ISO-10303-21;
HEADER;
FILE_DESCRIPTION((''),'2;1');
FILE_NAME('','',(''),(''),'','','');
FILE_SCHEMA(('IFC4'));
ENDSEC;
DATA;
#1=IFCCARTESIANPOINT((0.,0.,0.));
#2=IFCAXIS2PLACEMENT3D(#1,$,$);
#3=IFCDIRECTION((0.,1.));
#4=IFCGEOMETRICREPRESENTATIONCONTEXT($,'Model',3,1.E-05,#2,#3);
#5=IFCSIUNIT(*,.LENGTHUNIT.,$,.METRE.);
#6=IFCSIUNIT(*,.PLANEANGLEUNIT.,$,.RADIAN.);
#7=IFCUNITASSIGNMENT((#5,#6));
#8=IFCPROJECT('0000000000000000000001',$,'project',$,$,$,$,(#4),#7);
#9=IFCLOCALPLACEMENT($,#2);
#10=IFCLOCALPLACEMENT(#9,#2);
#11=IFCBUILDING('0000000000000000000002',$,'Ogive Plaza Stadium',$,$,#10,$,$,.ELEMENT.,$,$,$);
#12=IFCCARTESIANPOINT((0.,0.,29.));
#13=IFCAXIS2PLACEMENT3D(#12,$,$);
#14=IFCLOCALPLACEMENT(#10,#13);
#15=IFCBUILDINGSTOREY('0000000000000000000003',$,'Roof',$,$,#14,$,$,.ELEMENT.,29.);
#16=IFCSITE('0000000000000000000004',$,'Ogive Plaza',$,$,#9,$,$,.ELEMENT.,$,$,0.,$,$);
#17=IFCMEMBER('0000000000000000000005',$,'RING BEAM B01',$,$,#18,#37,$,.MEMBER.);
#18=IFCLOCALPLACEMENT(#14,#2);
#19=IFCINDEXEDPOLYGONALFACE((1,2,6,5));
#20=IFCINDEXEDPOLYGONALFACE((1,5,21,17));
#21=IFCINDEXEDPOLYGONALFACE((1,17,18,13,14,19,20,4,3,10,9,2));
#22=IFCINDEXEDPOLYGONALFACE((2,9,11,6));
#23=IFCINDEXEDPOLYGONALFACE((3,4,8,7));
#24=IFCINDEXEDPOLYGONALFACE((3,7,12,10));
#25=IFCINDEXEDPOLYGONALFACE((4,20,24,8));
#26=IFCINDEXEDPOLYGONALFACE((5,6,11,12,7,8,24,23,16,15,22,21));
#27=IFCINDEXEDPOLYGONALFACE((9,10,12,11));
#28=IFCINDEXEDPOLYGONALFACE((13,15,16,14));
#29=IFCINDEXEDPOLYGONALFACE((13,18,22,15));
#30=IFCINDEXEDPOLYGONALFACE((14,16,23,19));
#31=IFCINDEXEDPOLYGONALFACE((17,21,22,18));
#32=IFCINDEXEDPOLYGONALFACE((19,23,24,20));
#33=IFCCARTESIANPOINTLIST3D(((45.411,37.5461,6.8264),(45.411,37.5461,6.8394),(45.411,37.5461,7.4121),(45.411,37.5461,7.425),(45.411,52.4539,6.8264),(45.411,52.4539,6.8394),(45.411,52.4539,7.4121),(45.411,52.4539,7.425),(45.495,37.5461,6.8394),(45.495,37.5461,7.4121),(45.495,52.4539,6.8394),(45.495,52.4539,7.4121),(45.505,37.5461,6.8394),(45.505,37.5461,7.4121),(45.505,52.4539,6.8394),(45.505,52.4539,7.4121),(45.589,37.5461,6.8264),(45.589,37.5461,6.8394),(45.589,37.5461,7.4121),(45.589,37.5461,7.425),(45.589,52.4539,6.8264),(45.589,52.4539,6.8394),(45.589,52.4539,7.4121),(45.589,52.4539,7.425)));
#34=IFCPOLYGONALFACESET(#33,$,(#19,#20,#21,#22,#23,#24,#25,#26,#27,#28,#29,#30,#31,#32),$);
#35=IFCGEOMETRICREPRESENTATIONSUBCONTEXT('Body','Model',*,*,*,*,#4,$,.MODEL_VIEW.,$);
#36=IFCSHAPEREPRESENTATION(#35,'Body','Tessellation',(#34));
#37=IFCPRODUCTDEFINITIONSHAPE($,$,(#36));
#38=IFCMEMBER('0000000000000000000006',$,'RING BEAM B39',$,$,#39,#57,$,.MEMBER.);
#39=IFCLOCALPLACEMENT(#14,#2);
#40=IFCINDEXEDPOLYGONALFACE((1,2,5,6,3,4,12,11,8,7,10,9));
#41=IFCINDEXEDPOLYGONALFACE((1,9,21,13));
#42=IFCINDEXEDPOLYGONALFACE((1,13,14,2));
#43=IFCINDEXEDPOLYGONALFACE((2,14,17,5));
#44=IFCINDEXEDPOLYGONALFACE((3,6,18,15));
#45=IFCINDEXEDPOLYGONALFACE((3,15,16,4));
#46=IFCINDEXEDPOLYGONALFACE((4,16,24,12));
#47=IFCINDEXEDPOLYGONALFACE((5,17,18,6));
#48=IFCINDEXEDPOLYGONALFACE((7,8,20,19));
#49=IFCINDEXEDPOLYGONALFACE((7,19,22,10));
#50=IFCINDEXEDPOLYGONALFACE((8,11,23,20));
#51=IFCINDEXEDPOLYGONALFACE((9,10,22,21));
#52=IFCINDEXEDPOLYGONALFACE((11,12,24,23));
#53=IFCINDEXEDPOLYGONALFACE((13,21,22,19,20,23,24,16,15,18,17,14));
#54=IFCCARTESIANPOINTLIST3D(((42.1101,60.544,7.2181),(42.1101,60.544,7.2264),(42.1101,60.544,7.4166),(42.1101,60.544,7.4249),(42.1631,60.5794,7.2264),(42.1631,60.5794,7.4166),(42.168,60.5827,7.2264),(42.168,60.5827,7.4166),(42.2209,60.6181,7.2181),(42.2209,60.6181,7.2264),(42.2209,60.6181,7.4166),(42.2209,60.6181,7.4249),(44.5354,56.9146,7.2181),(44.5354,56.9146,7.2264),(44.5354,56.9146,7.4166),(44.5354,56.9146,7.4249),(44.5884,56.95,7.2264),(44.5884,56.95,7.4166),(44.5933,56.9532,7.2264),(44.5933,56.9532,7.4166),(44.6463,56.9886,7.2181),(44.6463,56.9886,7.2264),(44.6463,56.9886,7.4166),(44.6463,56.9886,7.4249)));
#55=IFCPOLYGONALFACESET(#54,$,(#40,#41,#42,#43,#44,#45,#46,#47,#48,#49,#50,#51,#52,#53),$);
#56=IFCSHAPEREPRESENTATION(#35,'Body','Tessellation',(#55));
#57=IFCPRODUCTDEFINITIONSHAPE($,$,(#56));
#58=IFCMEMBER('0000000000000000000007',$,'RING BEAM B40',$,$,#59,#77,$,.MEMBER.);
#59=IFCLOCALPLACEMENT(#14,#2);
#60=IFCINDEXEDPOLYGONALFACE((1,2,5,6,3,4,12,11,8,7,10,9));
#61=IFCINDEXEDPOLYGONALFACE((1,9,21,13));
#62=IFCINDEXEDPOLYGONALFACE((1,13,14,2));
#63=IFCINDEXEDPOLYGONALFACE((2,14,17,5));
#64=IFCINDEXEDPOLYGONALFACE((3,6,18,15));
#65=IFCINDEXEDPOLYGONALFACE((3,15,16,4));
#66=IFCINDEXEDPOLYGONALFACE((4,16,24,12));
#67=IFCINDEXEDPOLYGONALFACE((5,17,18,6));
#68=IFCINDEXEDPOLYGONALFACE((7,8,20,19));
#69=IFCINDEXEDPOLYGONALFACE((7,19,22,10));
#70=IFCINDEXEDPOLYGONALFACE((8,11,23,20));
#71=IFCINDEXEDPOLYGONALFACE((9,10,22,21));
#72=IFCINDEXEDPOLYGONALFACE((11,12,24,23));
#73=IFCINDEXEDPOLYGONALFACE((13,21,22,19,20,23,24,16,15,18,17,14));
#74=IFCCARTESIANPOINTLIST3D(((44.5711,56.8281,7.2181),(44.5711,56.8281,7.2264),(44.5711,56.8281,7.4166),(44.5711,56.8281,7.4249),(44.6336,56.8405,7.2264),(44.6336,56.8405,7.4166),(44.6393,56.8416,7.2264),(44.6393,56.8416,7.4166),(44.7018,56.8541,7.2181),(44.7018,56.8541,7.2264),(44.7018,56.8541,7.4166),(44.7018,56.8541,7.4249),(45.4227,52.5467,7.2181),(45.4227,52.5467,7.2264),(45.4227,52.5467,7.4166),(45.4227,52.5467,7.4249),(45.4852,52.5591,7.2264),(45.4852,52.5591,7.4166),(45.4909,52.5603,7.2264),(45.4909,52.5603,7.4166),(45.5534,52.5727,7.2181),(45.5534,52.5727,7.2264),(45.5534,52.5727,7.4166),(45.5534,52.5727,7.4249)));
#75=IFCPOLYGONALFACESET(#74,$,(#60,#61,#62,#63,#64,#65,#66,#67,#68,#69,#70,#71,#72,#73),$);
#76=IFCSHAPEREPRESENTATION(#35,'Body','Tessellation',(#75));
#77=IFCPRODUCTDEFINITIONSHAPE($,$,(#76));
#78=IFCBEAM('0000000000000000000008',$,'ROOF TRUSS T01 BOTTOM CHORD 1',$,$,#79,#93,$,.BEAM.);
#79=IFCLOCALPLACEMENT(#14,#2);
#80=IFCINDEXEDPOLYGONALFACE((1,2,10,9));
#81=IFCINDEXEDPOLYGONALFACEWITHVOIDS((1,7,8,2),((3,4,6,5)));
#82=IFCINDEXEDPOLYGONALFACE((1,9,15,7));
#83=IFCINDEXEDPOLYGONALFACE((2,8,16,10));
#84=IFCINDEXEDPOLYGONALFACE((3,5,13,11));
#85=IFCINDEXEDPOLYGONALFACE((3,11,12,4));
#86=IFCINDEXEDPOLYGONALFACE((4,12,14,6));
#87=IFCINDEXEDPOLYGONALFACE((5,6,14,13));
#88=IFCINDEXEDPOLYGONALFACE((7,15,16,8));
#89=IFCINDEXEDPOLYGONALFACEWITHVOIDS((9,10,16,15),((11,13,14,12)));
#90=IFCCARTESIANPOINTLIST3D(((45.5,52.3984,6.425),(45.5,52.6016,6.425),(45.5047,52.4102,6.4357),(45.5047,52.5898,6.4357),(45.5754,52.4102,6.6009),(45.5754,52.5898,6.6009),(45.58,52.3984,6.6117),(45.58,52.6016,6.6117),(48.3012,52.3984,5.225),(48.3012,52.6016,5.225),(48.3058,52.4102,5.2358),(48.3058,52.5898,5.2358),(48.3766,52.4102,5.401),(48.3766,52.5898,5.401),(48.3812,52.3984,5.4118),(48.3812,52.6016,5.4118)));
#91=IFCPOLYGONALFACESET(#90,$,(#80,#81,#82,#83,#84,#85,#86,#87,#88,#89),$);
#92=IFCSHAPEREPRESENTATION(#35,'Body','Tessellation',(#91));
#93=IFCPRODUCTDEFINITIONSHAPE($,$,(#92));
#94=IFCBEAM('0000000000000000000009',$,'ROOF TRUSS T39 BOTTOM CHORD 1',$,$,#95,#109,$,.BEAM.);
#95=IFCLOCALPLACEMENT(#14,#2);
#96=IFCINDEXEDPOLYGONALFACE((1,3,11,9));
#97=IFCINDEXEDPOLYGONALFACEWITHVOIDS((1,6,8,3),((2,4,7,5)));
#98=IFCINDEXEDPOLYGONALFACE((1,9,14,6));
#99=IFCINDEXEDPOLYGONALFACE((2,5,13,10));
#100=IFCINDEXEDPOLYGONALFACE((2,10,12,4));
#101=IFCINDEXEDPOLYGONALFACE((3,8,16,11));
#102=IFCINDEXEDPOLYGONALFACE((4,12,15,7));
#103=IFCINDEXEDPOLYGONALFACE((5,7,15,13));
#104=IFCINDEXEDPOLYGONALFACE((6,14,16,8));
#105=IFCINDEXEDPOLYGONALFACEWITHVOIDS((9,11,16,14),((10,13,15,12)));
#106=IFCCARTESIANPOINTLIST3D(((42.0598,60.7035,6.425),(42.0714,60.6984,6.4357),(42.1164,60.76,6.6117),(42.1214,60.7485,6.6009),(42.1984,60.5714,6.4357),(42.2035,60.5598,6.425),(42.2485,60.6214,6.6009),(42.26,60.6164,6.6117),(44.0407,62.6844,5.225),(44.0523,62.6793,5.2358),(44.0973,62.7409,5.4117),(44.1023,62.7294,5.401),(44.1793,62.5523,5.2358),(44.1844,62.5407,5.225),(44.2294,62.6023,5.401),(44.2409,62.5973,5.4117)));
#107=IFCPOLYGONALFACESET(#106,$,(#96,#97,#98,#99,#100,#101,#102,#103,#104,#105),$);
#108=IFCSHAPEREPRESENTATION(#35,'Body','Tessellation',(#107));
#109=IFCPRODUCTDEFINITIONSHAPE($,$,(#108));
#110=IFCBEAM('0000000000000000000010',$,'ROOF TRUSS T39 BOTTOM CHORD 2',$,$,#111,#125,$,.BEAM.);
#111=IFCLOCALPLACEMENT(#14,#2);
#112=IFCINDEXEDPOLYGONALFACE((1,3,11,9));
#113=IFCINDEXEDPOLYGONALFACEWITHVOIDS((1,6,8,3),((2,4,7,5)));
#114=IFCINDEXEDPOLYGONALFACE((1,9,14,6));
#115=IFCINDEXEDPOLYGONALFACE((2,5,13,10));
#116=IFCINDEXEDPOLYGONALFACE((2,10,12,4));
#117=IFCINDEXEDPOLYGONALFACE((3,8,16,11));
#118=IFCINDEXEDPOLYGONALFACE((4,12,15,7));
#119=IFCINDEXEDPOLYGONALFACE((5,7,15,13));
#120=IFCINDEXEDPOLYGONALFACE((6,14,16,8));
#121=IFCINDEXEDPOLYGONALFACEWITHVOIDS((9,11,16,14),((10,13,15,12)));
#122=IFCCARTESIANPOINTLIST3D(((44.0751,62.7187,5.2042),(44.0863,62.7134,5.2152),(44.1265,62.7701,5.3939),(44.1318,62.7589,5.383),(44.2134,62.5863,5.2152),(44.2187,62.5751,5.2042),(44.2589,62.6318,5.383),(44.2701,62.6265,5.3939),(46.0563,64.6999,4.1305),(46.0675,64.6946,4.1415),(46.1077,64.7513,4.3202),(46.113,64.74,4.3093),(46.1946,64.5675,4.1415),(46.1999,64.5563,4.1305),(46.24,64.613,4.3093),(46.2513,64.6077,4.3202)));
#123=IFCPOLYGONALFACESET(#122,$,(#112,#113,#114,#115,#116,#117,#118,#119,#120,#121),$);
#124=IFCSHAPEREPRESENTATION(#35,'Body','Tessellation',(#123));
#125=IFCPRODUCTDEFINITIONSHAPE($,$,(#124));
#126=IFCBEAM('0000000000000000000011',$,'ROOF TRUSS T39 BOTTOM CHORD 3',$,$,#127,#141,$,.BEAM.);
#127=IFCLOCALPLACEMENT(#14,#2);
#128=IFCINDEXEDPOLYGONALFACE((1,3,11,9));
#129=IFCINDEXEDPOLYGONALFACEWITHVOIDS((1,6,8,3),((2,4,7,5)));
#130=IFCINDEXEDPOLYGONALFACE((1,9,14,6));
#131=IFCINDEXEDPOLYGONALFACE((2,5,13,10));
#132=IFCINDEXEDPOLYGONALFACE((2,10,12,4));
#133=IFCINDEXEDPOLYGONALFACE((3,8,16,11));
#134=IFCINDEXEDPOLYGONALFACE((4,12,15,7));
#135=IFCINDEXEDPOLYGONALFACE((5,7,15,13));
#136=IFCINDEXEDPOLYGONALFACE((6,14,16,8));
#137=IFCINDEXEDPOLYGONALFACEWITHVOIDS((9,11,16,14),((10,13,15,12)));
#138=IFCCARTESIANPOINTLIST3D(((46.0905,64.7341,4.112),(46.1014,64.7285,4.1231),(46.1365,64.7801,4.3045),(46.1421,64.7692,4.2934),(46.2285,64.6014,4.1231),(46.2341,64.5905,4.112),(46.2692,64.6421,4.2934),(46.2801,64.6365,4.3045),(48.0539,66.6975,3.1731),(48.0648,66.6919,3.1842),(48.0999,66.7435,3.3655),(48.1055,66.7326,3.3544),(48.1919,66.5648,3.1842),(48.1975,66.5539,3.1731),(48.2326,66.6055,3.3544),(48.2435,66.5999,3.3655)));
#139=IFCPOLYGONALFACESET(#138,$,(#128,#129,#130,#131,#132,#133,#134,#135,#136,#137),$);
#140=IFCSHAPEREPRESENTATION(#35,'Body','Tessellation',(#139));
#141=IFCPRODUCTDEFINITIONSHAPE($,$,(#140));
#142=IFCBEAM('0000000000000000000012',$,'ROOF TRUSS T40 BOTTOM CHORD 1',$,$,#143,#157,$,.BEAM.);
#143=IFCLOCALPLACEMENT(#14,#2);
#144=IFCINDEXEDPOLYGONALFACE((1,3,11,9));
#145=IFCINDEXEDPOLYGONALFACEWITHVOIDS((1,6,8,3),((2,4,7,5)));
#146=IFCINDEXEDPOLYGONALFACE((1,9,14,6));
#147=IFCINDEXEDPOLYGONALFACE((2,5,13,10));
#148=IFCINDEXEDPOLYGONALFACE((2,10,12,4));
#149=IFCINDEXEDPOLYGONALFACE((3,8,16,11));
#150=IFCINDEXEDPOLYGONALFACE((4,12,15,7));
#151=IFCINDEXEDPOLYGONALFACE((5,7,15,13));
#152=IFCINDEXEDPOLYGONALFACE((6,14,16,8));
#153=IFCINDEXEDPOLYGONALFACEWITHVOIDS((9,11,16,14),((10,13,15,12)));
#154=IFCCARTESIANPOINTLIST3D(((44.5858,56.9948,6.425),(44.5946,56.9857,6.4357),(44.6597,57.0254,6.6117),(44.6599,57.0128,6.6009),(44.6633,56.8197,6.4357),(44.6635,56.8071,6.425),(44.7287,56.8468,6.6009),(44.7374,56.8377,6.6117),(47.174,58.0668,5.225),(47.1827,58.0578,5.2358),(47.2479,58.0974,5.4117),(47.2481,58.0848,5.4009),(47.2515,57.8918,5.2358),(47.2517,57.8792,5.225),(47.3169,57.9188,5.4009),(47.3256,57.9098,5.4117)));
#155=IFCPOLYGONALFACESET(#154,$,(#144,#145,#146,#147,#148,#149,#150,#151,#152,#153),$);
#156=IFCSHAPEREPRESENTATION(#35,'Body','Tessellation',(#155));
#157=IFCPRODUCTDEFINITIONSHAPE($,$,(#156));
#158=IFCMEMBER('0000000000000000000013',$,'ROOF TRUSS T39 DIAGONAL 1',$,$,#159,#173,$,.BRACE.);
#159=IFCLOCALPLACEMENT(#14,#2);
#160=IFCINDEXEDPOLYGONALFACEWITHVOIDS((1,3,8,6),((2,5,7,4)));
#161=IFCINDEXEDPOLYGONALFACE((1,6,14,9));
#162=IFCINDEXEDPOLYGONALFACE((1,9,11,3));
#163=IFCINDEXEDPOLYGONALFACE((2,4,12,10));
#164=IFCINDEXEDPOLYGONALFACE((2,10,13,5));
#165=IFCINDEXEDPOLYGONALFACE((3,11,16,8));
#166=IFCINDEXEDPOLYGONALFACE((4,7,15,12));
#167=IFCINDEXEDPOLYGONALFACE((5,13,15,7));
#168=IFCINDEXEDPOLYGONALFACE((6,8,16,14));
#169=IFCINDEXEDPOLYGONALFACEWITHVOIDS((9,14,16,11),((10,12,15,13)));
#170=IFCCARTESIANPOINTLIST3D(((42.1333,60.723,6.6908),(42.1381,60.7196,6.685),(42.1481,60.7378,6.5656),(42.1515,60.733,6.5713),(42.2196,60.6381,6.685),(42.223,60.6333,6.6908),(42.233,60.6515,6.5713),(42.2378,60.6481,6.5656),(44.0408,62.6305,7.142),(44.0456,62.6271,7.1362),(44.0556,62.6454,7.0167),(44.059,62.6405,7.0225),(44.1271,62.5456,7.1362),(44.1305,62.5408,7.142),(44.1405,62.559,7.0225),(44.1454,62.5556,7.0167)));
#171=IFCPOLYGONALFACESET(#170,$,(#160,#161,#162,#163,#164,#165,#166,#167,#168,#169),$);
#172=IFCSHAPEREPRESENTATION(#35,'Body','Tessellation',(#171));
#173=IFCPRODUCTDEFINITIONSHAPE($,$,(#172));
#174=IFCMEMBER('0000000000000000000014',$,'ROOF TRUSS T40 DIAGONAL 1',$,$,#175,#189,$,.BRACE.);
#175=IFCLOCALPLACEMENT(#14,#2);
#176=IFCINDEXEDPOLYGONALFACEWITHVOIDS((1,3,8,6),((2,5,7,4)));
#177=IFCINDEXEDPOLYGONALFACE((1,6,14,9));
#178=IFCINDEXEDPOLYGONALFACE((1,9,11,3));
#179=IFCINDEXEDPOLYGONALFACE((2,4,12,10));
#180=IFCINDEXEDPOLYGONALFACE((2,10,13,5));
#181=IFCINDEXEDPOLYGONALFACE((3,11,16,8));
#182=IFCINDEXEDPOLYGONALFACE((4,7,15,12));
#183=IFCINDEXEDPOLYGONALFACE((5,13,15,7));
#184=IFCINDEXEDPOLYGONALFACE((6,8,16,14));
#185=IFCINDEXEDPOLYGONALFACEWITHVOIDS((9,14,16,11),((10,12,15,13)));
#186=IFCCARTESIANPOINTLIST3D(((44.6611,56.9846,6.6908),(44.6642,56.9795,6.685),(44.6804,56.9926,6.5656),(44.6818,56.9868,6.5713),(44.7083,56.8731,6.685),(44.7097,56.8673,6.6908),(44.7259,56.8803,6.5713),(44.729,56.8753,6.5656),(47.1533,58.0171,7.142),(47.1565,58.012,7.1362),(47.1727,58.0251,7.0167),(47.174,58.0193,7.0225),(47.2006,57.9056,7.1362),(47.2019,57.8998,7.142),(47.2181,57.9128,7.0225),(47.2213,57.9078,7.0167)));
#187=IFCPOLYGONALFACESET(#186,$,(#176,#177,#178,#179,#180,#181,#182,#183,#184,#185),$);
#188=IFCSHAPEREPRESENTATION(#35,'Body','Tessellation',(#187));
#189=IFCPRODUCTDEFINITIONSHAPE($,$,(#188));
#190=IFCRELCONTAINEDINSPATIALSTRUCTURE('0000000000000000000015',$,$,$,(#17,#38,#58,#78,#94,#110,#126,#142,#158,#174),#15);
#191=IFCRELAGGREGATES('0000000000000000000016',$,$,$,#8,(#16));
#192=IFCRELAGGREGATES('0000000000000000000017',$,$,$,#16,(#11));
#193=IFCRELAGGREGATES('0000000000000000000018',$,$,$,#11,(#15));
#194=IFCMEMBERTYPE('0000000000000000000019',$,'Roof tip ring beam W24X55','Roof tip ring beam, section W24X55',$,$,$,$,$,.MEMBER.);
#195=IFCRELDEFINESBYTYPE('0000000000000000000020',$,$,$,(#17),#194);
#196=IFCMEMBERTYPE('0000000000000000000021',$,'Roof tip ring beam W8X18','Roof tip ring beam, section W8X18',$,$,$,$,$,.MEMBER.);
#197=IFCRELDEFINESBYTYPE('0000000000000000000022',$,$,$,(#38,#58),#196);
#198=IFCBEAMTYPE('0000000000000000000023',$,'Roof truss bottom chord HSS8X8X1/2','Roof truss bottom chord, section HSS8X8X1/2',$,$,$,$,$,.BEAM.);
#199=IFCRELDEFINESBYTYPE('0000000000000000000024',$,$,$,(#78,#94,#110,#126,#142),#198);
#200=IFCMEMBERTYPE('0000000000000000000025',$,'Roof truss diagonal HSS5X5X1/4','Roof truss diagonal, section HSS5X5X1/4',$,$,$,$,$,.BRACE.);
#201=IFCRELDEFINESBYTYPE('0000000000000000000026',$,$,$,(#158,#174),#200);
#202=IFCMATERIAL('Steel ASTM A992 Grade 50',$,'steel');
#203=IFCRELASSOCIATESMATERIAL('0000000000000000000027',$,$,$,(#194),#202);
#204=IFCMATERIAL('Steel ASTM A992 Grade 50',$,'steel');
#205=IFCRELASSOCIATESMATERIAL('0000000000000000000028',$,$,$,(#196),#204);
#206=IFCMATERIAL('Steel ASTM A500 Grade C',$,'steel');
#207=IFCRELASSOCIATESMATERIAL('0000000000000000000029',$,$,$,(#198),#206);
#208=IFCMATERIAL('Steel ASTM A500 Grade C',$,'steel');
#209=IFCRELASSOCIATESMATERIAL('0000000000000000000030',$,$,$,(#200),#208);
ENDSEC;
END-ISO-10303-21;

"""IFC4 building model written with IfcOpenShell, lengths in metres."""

from ifc_helpers import new_model, si_unit, direction, frame, origin, origin_2d, place, context, subcontext, project, spatial, hollow_rectangle, i_section, extrude, material, material_profile, profile_set, type_object, element, save


model = new_model("IFC4")

# Units and contexts
model_context = context("Model", 3, precision=1e-05, world=origin(), true_north=direction((0.0, 1.0)))
body_context = subcontext(model_context, "Body", "Model", "MODEL_VIEW")
ifc_project = project(units=[si_unit("LENGTHUNIT", "METRE"), si_unit("PLANEANGLEUNIT", "RADIAN")], contexts=[model_context])

# Site, building, storey
site_placement = place(None, origin())
site = spatial("IfcSite", under=ifc_project, at=site_placement, Name="Ogive Plaza", CompositionType="ELEMENT", RefElevation=0.0)
building_placement = place(site_placement, origin())
building = spatial("IfcBuilding", under=site, at=building_placement, Name="Ogive Plaza Stadium", CompositionType="ELEMENT")
storey_placement = place(building_placement, frame((0.0, 0.0, 29.0)))
storey = spatial("IfcBuildingStorey", under=building, at=storey_placement, Name="Roof", CompositionType="ELEMENT", Elevation=29.0)

# Members
ifc_material_1 = material(Name="Steel ASTM A992 Grade 50", Category="steel")
ifc_material_profile_1 = material_profile(ifc_material_1, i_section(OverallWidth=0.178, OverallDepth=0.5986, WebThickness=0.01, FlangeThickness=0.0129, at=origin_2d()), Name="W24X55")
ifc_profile_set_1 = profile_set([ifc_material_profile_1], Name="Steel ASTM A992 Grade 50")
member_type_1 = type_object("IfcMemberType", Name="Roof tip ring beam W24X55", Description="Roof tip ring beam, section W24X55", PredefinedType="MEMBER", material=ifc_profile_set_1)
member_1_placement = place(storey_placement, frame((45.5, 52.4539, 7.1257), z_axis=(0.0, -1.0, 0.0), x_axis=(1.0, 0.0, 0.0)))
element("IfcMember", 1, at=member_1_placement, inside=storey, type_object=member_type_1, Name="RING BEAM B01", PredefinedType="MEMBER", context=body_context, shape_type="SweptSolid", body=[
    extrude(i_section(OverallWidth=0.178, OverallDepth=0.5986, WebThickness=0.01, FlangeThickness=0.0129, at=origin_2d()), origin(), (0.0, 0.0, 1.0), 14.9077),
])
ifc_material_2 = material(Name="Steel ASTM A992 Grade 50", Category="steel")
ifc_material_profile_2 = material_profile(ifc_material_2, i_section(OverallWidth=0.1333, OverallDepth=0.2068, WebThickness=0.0059, FlangeThickness=0.0083, at=origin_2d()), Name="W8X18")
ifc_profile_set_2 = profile_set([ifc_material_profile_2], Name="Steel ASTM A992 Grade 50")
member_type_2 = type_object("IfcMemberType", Name="Roof tip ring beam W8X18", Description="Roof tip ring beam, section W8X18", PredefinedType="MEMBER", material=ifc_profile_set_2)
for number, where, z_axis, x_axis, name in (
    (2, (42.1655, 60.5811, 7.3215), (0.555603, -0.831447, 0.0), (0.831447, 0.555603, 0.0), "RING BEAM B39"),
    (3, (44.6365, 56.8411, 7.3215), (0.195083, -0.980787, 0.0), (0.980787, 0.195083, 0.0), "RING BEAM B40"),
):
    element("IfcMember", number, at=place(storey_placement, frame(where, z_axis=z_axis, x_axis=x_axis)), inside=storey, type_object=member_type_2, Name=name, PredefinedType="MEMBER", context=body_context, shape_type="SweptSolid", body=[
        extrude(i_section(OverallWidth=0.1333, OverallDepth=0.2068, WebThickness=0.0059, FlangeThickness=0.0083, at=origin_2d()), origin(), (0.0, 0.0, 1.0), 4.3652),
    ])

# Beams
ifc_material_3 = material(Name="Steel ASTM A500 Grade C", Category="steel")
ifc_material_profile_3 = material_profile(ifc_material_3, hollow_rectangle(XDim=0.2031, YDim=0.2031, WallThickness=0.0117, at=origin_2d()), Name="HSS8X8X1/2")
ifc_profile_set_3 = profile_set([ifc_material_profile_3], Name="Steel ASTM A500 Grade C")
beam_type_1 = type_object("IfcBeamType", Name="Roof truss bottom chord HSS8X8X1/2", Description="Roof truss bottom chord, section HSS8X8X1/2", PredefinedType="BEAM", material=ifc_profile_set_3)
beam_1_placement = place(storey_placement, frame((45.54, 52.5, 6.5183), z_axis=(0.919215, 0.0, -0.393755), x_axis=(0.0, 1.0, 0.0)))
element("IfcBeam", 4, at=beam_1_placement, inside=storey, type_object=beam_type_1, Name="ROOF TRUSS T01 BOTTOM CHORD 1", PredefinedType="BEAM", context=body_context, shape_type="SweptSolid", body=[
    extrude(hollow_rectangle(XDim=0.2031, YDim=0.2031, WallThickness=0.0117, at=origin_2d()), origin(), (0.0, 0.0, 1.0), 3.0474),
])
beam_2_placement = place(storey_placement, frame((42.1599, 60.6599, 6.5183), z_axis=(0.649992, 0.649992, -0.393728), x_axis=(-0.707107, 0.707107, 0.0)))
element("IfcBeam", 5, at=beam_2_placement, inside=storey, type_object=beam_type_1, Name="ROOF TRUSS T39 BOTTOM CHORD 1", PredefinedType="BEAM", context=body_context, shape_type="SweptSolid", body=[
    extrude(hollow_rectangle(XDim=0.2031, YDim=0.2031, WallThickness=0.0117, at=origin_2d()), origin(), (0.0, 0.0, 1.0), 3.0476),
])
beam_3_placement = place(storey_placement, frame((44.1726, 62.6726, 5.2991), z_axis=(0.660283, 0.660283, -0.357846), x_axis=(-0.707107, 0.707107, 0.0)))
element("IfcBeam", 6, at=beam_3_placement, inside=storey, type_object=beam_type_1, Name="ROOF TRUSS T39 BOTTOM CHORD 2", PredefinedType="BEAM", context=body_context, shape_type="SweptSolid", body=[
    extrude(hollow_rectangle(XDim=0.2031, YDim=0.2031, WallThickness=0.0117, at=origin_2d()), origin(), (0.0, 0.0, 1.0), 3.0005),
])
beam_4_placement = place(storey_placement, frame((46.1853, 64.6853, 4.2083), z_axis=(0.669843, 0.669843, -0.320345), x_axis=(-0.707107, 0.707107, 0.0)))
element("IfcBeam", 7, at=beam_4_placement, inside=storey, type_object=beam_type_1, Name="ROOF TRUSS T39 BOTTOM CHORD 3", PredefinedType="BEAM", context=body_context, shape_type="SweptSolid", body=[
    extrude(hollow_rectangle(XDim=0.2031, YDim=0.2031, WallThickness=0.0117, at=origin_2d()), origin(), (0.0, 0.0, 1.0), 2.9312),
])
beam_5_placement = place(storey_placement, frame((44.6616, 56.9163, 6.5183), z_axis=(0.849251, 0.351765, -0.393743), x_axis=(-0.382678, 0.923882, 0.0)))
element("IfcBeam", 8, at=beam_5_placement, inside=storey, type_object=beam_type_1, Name="ROOF TRUSS T40 BOTTOM CHORD 1", PredefinedType="BEAM", context=body_context, shape_type="SweptSolid", body=[
    extrude(hollow_rectangle(XDim=0.2031, YDim=0.2031, WallThickness=0.0117, at=origin_2d()), origin(), (0.0, 0.0, 1.0), 3.0476),
])

# Members
ifc_material_4 = material(Name="Steel ASTM A500 Grade C", Category="steel")
ifc_material_profile_4 = material_profile(ifc_material_4, hollow_rectangle(XDim=0.127, YDim=0.127, WallThickness=0.0059, at=origin_2d()), Name="HSS5X5X1/4")
ifc_profile_set_4 = profile_set([ifc_material_profile_4], Name="Steel ASTM A500 Grade C")
member_type_3 = type_object("IfcMemberType", Name="Roof truss diagonal HSS5X5X1/4", Description="Roof truss diagonal, section HSS5X5X1/4", PredefinedType="BRACE", material=ifc_profile_set_4)
for number, where, z_axis, x_axis, name in (
    (9, (42.1855, 60.6855, 6.6282), (0.69742, 0.69742, 0.16496), (-0.707107, 0.707107, 0.0), "ROOF TRUSS T39 DIAGONAL 1"),
    (10, (44.6951, 56.9299, 6.6282), (0.9112, 0.377495, 0.164959), (-0.382738, 0.923857, 0.0), "ROOF TRUSS T40 DIAGONAL 1"),
):
    element("IfcMember", number, at=place(storey_placement, frame(where, z_axis=z_axis, x_axis=x_axis)), inside=storey, type_object=member_type_3, Name=name, PredefinedType="BRACE", context=body_context, shape_type="SweptSolid", body=[
        extrude(hollow_rectangle(XDim=0.127, YDim=0.127, WallThickness=0.0059, at=origin_2d()), origin(), (0.0, 0.0, 1.0), 2.7351),
    ])

save(model, "model.ifc")
